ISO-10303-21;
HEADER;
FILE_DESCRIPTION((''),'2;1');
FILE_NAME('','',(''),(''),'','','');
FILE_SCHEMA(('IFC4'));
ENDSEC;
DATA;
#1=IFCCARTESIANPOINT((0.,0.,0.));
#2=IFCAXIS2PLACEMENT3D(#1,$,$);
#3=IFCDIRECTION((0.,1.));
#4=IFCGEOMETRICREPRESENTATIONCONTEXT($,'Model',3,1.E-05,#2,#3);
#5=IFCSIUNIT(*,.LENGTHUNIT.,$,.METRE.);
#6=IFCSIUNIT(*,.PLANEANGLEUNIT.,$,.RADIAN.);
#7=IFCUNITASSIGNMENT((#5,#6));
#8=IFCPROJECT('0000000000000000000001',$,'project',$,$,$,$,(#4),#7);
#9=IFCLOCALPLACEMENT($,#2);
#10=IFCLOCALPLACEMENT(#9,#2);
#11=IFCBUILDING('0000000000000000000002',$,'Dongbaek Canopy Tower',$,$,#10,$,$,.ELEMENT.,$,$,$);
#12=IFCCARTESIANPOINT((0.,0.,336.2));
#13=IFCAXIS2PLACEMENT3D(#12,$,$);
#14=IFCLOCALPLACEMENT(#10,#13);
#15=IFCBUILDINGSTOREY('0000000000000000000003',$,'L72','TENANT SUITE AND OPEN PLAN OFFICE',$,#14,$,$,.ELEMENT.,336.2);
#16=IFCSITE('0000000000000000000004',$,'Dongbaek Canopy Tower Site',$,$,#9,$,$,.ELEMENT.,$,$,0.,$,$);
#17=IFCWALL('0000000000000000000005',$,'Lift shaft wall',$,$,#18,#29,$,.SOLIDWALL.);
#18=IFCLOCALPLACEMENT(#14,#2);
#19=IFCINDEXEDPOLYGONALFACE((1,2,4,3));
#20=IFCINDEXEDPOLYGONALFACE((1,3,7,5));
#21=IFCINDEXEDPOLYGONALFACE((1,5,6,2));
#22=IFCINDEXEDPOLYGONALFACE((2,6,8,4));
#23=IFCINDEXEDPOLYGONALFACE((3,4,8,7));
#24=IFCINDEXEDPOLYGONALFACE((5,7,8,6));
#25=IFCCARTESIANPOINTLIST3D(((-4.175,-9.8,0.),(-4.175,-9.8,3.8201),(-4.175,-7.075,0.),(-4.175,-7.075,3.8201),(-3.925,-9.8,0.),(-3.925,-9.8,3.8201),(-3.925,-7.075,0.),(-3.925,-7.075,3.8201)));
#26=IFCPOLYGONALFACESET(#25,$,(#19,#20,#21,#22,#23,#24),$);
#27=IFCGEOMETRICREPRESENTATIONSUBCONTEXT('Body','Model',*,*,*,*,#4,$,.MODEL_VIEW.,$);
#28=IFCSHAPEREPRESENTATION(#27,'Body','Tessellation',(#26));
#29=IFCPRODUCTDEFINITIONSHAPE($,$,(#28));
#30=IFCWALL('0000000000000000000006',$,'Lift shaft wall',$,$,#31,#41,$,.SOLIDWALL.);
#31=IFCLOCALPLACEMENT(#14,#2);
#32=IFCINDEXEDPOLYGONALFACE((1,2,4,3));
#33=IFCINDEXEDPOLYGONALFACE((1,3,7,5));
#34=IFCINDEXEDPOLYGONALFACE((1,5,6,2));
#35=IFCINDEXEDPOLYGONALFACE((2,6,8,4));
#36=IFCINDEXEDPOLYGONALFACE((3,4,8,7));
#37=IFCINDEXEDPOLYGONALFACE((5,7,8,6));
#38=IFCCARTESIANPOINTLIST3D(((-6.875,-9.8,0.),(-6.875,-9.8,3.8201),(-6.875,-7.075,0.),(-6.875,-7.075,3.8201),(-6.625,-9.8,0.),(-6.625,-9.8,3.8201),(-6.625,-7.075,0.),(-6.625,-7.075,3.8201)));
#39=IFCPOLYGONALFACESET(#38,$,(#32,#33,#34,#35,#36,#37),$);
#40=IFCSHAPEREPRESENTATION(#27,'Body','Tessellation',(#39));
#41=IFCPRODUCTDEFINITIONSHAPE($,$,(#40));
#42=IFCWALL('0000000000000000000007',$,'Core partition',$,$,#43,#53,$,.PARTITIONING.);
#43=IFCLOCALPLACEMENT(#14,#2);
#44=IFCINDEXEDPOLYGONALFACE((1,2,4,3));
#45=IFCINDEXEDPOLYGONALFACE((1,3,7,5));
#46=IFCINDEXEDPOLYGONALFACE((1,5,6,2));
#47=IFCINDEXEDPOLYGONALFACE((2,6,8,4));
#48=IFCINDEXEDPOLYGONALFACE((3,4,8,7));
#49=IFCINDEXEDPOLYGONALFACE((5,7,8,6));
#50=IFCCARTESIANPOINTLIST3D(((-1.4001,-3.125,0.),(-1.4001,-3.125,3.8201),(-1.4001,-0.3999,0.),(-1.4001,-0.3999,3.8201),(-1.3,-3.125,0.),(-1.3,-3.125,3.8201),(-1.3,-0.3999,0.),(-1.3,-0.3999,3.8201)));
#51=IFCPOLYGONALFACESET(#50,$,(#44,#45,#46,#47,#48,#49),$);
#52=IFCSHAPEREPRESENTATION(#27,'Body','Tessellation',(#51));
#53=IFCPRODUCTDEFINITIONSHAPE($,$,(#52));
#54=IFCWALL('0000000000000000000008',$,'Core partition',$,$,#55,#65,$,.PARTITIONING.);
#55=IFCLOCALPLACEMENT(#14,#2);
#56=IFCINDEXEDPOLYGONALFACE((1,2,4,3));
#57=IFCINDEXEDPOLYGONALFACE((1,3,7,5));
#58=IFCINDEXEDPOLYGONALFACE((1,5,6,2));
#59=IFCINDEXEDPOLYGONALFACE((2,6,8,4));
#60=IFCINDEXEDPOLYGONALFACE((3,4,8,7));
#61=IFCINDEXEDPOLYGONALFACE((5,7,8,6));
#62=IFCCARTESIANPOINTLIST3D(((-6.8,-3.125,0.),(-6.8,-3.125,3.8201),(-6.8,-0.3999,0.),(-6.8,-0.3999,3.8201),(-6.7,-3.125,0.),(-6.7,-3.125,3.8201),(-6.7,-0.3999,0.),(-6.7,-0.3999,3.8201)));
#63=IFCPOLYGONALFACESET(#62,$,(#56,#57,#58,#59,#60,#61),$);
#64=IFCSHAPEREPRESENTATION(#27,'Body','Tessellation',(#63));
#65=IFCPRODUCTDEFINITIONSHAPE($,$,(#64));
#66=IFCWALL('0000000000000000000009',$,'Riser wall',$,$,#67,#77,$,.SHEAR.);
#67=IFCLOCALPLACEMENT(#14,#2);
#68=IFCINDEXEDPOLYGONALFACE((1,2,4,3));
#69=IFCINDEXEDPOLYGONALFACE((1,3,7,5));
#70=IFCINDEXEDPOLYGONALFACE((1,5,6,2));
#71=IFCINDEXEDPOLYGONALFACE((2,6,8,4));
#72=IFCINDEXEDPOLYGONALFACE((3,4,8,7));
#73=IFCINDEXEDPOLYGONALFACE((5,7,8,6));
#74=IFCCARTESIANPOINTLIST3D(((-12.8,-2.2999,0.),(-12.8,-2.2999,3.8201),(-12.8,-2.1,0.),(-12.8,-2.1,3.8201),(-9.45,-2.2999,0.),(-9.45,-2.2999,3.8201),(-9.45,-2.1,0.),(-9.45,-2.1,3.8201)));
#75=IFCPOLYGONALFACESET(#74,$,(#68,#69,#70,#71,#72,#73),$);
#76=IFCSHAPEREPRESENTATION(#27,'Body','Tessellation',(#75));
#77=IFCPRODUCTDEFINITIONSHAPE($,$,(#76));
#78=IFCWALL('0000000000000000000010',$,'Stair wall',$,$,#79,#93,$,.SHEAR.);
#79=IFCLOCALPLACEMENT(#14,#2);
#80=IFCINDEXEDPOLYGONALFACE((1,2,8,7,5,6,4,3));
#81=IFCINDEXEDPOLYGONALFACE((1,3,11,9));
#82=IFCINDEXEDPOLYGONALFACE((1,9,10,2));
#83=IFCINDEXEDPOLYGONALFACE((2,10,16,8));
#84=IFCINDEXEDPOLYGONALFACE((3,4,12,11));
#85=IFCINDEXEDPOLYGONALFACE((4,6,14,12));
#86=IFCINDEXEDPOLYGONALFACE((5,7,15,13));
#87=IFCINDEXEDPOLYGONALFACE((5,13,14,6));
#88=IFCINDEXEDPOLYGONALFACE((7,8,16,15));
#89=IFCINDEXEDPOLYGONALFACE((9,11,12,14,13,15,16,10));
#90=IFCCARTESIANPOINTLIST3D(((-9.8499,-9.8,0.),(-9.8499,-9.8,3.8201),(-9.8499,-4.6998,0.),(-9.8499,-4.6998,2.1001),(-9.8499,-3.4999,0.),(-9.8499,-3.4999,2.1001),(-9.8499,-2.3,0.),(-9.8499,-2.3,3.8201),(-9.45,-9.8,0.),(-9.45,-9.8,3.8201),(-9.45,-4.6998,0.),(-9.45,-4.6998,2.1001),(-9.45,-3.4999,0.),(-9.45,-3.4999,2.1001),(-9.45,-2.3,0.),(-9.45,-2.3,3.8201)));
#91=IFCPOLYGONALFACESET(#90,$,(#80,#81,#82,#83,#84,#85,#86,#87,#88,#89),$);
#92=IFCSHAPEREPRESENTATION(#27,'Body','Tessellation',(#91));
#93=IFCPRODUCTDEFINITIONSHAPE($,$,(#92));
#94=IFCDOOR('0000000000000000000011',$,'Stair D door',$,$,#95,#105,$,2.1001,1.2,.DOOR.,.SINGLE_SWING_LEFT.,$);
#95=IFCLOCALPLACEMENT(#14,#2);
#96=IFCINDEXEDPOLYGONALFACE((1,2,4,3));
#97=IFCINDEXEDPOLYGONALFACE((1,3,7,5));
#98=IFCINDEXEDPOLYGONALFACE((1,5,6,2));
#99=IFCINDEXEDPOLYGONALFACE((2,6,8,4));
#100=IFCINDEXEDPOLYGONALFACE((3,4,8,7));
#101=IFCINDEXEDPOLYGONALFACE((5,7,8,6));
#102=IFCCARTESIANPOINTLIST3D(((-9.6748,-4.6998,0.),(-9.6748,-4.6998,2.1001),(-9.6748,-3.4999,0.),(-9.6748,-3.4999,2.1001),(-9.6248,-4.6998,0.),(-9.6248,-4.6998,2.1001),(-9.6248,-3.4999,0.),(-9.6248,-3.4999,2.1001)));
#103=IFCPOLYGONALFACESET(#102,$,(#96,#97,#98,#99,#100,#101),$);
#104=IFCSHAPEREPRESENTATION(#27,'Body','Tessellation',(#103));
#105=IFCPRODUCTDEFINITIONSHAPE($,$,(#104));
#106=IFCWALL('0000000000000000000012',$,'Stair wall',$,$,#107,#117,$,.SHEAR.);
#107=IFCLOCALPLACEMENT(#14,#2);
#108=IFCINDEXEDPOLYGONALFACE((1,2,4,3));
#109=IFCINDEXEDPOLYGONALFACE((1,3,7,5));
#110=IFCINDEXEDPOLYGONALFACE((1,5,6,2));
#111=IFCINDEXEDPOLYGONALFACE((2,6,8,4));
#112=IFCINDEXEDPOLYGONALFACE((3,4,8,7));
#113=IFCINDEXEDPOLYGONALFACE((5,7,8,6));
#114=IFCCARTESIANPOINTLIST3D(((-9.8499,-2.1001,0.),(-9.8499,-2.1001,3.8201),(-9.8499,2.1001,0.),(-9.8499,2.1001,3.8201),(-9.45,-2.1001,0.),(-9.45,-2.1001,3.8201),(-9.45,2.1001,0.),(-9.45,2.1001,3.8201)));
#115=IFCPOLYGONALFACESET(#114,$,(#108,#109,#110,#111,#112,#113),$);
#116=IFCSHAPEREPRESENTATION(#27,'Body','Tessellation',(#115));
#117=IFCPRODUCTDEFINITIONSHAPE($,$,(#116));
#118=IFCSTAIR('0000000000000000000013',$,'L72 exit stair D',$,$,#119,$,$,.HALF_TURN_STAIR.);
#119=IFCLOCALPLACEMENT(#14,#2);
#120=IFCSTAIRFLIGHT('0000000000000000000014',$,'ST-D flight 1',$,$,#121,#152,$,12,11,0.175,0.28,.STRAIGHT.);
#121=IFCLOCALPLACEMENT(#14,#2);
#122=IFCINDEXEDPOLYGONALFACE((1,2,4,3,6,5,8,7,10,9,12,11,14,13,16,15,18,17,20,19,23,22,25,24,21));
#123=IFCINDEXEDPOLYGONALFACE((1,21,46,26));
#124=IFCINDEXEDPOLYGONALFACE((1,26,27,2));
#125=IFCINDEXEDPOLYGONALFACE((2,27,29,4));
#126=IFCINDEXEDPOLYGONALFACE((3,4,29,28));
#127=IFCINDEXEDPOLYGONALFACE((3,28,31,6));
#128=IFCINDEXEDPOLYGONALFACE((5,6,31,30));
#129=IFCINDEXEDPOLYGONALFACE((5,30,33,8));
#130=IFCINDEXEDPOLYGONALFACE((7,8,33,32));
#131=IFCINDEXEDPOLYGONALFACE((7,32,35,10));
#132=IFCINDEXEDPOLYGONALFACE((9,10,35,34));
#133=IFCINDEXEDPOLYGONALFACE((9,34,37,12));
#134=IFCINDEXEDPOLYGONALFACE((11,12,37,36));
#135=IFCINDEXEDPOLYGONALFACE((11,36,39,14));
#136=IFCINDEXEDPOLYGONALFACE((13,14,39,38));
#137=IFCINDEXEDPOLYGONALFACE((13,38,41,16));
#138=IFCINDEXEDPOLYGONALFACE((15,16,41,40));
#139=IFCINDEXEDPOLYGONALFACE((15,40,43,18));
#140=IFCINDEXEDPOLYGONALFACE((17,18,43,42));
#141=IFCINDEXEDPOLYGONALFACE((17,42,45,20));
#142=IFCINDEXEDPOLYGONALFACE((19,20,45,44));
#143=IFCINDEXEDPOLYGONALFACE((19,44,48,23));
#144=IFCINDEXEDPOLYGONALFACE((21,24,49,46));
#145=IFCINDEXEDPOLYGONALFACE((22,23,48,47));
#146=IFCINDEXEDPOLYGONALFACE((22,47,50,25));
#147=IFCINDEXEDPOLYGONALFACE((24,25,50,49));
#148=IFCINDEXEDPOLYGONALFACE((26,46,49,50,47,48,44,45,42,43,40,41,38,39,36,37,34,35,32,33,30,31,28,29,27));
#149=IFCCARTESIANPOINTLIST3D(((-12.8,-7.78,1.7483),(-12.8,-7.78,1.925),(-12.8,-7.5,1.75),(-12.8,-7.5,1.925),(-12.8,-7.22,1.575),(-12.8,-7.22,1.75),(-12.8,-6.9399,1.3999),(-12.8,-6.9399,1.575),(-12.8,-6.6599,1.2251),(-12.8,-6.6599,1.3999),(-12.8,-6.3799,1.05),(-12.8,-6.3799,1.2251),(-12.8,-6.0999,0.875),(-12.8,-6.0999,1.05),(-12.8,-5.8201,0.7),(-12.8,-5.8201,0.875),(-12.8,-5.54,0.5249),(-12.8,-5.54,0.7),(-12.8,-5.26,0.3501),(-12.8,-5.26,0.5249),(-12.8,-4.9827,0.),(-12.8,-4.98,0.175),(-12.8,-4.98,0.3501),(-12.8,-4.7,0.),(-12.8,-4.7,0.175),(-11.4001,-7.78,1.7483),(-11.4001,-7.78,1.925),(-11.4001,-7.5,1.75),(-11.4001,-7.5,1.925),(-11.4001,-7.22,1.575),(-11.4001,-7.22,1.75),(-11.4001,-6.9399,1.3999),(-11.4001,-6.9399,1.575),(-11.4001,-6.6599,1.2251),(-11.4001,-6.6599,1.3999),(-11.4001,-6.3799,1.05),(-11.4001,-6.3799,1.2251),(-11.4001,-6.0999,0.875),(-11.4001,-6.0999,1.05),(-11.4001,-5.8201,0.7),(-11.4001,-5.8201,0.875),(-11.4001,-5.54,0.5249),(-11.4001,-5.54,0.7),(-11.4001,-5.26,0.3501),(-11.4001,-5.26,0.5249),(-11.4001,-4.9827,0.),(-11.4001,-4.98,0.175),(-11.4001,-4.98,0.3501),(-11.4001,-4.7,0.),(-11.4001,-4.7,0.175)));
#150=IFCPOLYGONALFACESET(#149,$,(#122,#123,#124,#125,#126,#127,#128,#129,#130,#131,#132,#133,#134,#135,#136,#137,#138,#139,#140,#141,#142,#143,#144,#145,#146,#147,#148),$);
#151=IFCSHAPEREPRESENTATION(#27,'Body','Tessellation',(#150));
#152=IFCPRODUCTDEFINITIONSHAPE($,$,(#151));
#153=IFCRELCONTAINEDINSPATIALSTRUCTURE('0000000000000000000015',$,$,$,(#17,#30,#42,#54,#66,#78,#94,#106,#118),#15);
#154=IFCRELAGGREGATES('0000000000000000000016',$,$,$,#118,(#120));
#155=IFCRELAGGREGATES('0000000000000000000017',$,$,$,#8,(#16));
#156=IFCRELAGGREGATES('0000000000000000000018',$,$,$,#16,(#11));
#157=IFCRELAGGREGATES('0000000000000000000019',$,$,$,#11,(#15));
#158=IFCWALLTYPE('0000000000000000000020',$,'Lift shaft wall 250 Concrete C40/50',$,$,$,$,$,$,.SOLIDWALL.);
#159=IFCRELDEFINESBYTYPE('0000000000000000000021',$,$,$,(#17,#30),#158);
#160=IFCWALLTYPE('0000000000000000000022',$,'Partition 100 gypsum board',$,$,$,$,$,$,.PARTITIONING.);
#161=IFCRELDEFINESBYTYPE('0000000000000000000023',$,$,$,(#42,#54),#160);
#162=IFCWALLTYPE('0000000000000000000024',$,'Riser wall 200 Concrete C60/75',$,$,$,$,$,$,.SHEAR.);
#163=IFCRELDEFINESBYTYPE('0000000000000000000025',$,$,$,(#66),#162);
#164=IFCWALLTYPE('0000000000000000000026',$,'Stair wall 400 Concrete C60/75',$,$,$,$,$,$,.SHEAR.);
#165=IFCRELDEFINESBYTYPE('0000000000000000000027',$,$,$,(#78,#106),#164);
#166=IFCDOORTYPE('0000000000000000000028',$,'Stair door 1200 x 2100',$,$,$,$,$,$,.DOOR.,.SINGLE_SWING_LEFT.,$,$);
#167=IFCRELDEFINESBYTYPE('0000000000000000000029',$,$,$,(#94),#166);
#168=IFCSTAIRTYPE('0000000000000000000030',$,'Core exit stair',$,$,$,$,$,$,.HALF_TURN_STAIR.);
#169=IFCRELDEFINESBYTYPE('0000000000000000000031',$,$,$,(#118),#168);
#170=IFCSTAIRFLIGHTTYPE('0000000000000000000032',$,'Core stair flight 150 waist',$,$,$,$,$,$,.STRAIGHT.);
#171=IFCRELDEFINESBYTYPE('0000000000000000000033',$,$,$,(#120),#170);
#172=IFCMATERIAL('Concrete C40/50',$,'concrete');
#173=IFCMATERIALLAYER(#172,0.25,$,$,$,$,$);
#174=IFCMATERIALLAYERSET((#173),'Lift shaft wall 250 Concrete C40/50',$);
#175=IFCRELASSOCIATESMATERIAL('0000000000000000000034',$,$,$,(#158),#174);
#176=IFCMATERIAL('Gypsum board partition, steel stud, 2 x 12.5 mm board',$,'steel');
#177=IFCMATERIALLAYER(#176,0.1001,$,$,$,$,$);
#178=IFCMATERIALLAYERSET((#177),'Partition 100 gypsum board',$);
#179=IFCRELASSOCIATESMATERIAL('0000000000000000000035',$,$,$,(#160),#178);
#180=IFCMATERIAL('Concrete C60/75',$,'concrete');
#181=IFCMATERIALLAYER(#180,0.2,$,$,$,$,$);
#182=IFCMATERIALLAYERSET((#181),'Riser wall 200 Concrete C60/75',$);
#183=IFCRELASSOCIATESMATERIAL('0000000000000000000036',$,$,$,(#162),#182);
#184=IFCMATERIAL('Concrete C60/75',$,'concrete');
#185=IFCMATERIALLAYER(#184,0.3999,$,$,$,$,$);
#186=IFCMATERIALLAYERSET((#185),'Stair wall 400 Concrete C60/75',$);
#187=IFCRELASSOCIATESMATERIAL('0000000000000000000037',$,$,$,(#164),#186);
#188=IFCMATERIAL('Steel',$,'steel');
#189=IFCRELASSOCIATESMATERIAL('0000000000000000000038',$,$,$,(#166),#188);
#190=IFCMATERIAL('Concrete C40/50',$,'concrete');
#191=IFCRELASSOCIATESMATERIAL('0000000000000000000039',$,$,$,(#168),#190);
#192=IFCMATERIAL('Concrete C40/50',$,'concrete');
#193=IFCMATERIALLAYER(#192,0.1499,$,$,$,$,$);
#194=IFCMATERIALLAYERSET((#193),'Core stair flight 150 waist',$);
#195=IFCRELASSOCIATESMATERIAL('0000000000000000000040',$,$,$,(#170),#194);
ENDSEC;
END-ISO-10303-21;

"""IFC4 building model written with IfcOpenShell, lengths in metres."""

from ifc_helpers import new_model, si_unit, direction, frame, frame_2d, origin, place, context, subcontext, project, spatial, polyline, rectangle, outline, extrude, material, layer, layer_set, type_object, element, fill, aggregate, save


model = new_model("IFC4")

# Units and contexts
model_context = context("Model", 3, precision=1e-05, world=origin(), true_north=direction((0.0, 1.0)))
body_context = subcontext(model_context, "Body", "Model", "MODEL_VIEW")
ifc_project = project(units=[si_unit("LENGTHUNIT", "METRE"), si_unit("PLANEANGLEUNIT", "RADIAN")], contexts=[model_context])

# Site, building, storey
site_placement = place(None, origin())
site = spatial("IfcSite", under=ifc_project, at=site_placement, Name="Dongbaek Canopy Tower Site", CompositionType="ELEMENT", RefElevation=0.0)
building_placement = place(site_placement, origin())
building = spatial("IfcBuilding", under=site, at=building_placement, Name="Dongbaek Canopy Tower", CompositionType="ELEMENT")
storey_placement = place(building_placement, frame((0.0, 0.0, 336.2)))
storey = spatial("IfcBuildingStorey", under=building, at=storey_placement, Name="L72", Description="TENANT SUITE AND OPEN PLAN OFFICE", CompositionType="ELEMENT", Elevation=336.2)

# Walls
ifc_material_1 = material(Name="Concrete C40/50", Category="concrete")
ifc_layer_1 = layer(ifc_material_1, 0.25)
ifc_layer_set_1 = layer_set([ifc_layer_1], Name="Lift shaft wall 250 Concrete C40/50")
wall_type_1 = type_object("IfcWallType", Name="Lift shaft wall 250 Concrete C40/50", PredefinedType="SOLIDWALL", material=ifc_layer_set_1)
for number, where, z_axis, x_axis, name in (
    (1, (-4.05, -9.8, 0.0), (0.0, 0.0, 1.0), (0.0, 1.0, 0.0), "Lift shaft wall"),
    (2, (-6.75, -9.8, 0.0), (0.0, 0.0, 1.0), (0.0, 1.0, 0.0), "Lift shaft wall"),
):
    element("IfcWall", number, at=place(storey_placement, frame(where, z_axis=z_axis, x_axis=x_axis)), inside=storey, type_object=wall_type_1, Name=name, PredefinedType="SOLIDWALL", context=body_context, shape_type="SweptSolid", body=[
        extrude(rectangle(XDim=2.7251, YDim=0.25, at=frame_2d((1.3625, 0.0))), origin(), (0.0, 0.0, 1.0), 3.8201),
    ])
ifc_material_2 = material(Name="Gypsum board partition, steel stud, 2 x 12.5 mm board", Category="steel")
ifc_layer_2 = layer(ifc_material_2, 0.1001)
ifc_layer_set_2 = layer_set([ifc_layer_2], Name="Partition 100 gypsum board")
wall_type_2 = type_object("IfcWallType", Name="Partition 100 gypsum board", PredefinedType="PARTITIONING", material=ifc_layer_set_2)
for number, where, z_axis, x_axis, name in (
    (3, (-1.3501, -3.125, 0.0), (0.0, 0.0, 1.0), (0.0, 1.0, 0.0), "Core partition"),
    (4, (-6.75, -3.125, 0.0), (0.0, 0.0, 1.0), (0.0, 1.0, 0.0), "Core partition"),
):
    element("IfcWall", number, at=place(storey_placement, frame(where, z_axis=z_axis, x_axis=x_axis)), inside=storey, type_object=wall_type_2, Name=name, PredefinedType="PARTITIONING", context=body_context, shape_type="SweptSolid", body=[
        extrude(rectangle(XDim=2.7251, YDim=0.1001, at=frame_2d((1.3625, 0.0))), origin(), (0.0, 0.0, 1.0), 3.8201),
    ])
ifc_material_3 = material(Name="Concrete C60/75", Category="concrete")
ifc_layer_3 = layer(ifc_material_3, 0.2)
ifc_layer_set_3 = layer_set([ifc_layer_3], Name="Riser wall 200 Concrete C60/75")
wall_type_3 = type_object("IfcWallType", Name="Riser wall 200 Concrete C60/75", PredefinedType="SHEAR", material=ifc_layer_set_3)
wall_1_placement = place(storey_placement, frame((-9.45, -2.2, 0.0), z_axis=(0.0, 0.0, 1.0), x_axis=(-1.0, 0.0, 0.0)))
element("IfcWall", 5, at=wall_1_placement, inside=storey, type_object=wall_type_3, Name="Riser wall", PredefinedType="SHEAR", context=body_context, shape_type="SweptSolid", body=[
    extrude(rectangle(XDim=3.3501, YDim=0.2, at=frame_2d((1.675, 0.0))), origin(), (0.0, 0.0, 1.0), 3.8201),
])

# Wall, opening, door
ifc_material_4 = material(Name="Concrete C60/75", Category="concrete")
ifc_layer_4 = layer(ifc_material_4, 0.3999)
ifc_layer_set_4 = layer_set([ifc_layer_4], Name="Stair wall 400 Concrete C60/75")
wall_type_4 = type_object("IfcWallType", Name="Stair wall 400 Concrete C60/75", PredefinedType="SHEAR", material=ifc_layer_set_4)
wall_2_placement = place(storey_placement, frame((-9.6499, -9.8, 0.0), z_axis=(0.0, 0.0, 1.0), x_axis=(0.0, 1.0, 0.0)))
wall_2 = element("IfcWall", 6, at=wall_2_placement, inside=storey, type_object=wall_type_4, Name="Stair wall", PredefinedType="SHEAR", context=body_context, shape_type="SweptSolid", body=[
    extrude(rectangle(XDim=7.5, YDim=0.3999, at=frame_2d((3.75, 0.0))), origin(), (0.0, 0.0, 1.0), 3.8201),
])
opening_1_placement = place(wall_2_placement, frame((5.1001, 0.0, 0.0)))
opening_1 = element("IfcOpeningElement", 7, at=opening_1_placement, cuts=wall_2, PredefinedType="OPENING", context=body_context, shape_type="SweptSolid", body=[
    extrude(rectangle(XDim=1.2, YDim=2.1001, at=frame_2d((0.6001, 1.05))), frame((0.0, 0.21, 0.0), z_axis=(0.0, -1.0, 0.0), x_axis=(1.0, 0.0, 0.0)), (0.0, 0.0, 1.0), 0.4199),
])
ifc_material_5 = material(Name="Steel", Category="steel")
door_type_1 = type_object("IfcDoorType", Name="Stair door 1200 x 2100", OperationType="SINGLE_SWING_LEFT", PredefinedType="DOOR", material=ifc_material_5)
door_1_placement = place(opening_1_placement, origin())
door_1 = element("IfcDoor", 8, at=door_1_placement, inside=storey, type_object=door_type_1, Name="Stair D door", OperationType="SINGLE_SWING_LEFT", OverallHeight=2.1001, OverallWidth=1.2, PredefinedType="DOOR", context=body_context, shape_type="SweptSolid", body=[
    extrude(rectangle(XDim=1.2, YDim=2.1001, at=frame_2d((0.6001, 1.05))), frame((0.0, 0.0249, 0.0), z_axis=(0.0, -1.0, 0.0), x_axis=(1.0, 0.0, 0.0)), (0.0, 0.0, 1.0), 0.05),
])
fill(opening_1, door_1)

# Wall
wall_3_placement = place(storey_placement, frame((-9.6499, -2.1001, 0.0), z_axis=(0.0, 0.0, 1.0), x_axis=(0.0, 1.0, 0.0)))
element("IfcWall", 9, at=wall_3_placement, inside=storey, type_object=wall_type_4, Name="Stair wall", PredefinedType="SHEAR", context=body_context, shape_type="SweptSolid", body=[
    extrude(rectangle(XDim=4.2002, YDim=0.3999, at=frame_2d((2.1001, 0.0))), origin(), (0.0, 0.0, 1.0), 3.8201),
])

# Stair, stair flight
ifc_material_6 = material(Name="Concrete C40/50", Category="concrete")
stair_type = type_object("IfcStairType", Name="Core exit stair", PredefinedType="HALF_TURN_STAIR", material=ifc_material_6)
stair_placement = place(storey_placement, origin())
stair = element("IfcStair", 10, at=stair_placement, inside=storey, type_object=stair_type, Name="L72 exit stair D", PredefinedType="HALF_TURN_STAIR")
ifc_material_7 = material(Name="Concrete C40/50", Category="concrete")
ifc_layer_5 = layer(ifc_material_7, 0.1499)
ifc_layer_set_5 = layer_set([ifc_layer_5], Name="Core stair flight 150 waist")
stair_flight_type = type_object("IfcStairFlightType", Name="Core stair flight 150 waist", PredefinedType="STRAIGHT", material=ifc_layer_set_5)
stair_flight_1_placement = place(storey_placement, frame((-12.1001, -4.7, 0.0), z_axis=(0.0, 0.0, 1.0), x_axis=(0.0, -1.0, 0.0)))
stair_flight_1 = element("IfcStairFlight", 11, at=stair_flight_1_placement, type_object=stair_flight_type, Name="ST-D flight 1", NumberOfRisers=12, NumberOfTreads=11, PredefinedType="STRAIGHT", RiserHeight=0.175, TreadLength=0.28, context=body_context, shape_type="SweptSolid", body=[
    extrude(outline(polyline([(0.0, 0.0), (0.0, 0.175), (0.28, 0.175), (0.28, 0.3501), (0.5601, 0.3501), (0.5601, 0.5249), (0.8401, 0.5249), (0.8401, 0.7), (1.1201, 0.7), (1.1201, 0.875), (1.3999, 0.875), (1.3999, 1.05), (1.6799, 1.05), (1.6799, 1.2251), (1.96, 1.2251), (1.96, 1.3999), (2.24, 1.3999), (2.24, 1.575), (2.52, 1.575), (2.52, 1.75), (2.8, 1.75), (2.8, 1.925), (3.0801, 1.925), (3.0801, 2.1001), (3.0801, 1.7483), (0.2827, 0.0), (0.0, 0.0)])), frame((0.0, 0.7, 0.0), z_axis=(0.0, -1.0, 0.0), x_axis=(1.0, 0.0, 0.0)), (0.0, 0.0, 1.0), 1.3999),
])
aggregate(stair, [stair_flight_1])

save(model, "model.ifc")
